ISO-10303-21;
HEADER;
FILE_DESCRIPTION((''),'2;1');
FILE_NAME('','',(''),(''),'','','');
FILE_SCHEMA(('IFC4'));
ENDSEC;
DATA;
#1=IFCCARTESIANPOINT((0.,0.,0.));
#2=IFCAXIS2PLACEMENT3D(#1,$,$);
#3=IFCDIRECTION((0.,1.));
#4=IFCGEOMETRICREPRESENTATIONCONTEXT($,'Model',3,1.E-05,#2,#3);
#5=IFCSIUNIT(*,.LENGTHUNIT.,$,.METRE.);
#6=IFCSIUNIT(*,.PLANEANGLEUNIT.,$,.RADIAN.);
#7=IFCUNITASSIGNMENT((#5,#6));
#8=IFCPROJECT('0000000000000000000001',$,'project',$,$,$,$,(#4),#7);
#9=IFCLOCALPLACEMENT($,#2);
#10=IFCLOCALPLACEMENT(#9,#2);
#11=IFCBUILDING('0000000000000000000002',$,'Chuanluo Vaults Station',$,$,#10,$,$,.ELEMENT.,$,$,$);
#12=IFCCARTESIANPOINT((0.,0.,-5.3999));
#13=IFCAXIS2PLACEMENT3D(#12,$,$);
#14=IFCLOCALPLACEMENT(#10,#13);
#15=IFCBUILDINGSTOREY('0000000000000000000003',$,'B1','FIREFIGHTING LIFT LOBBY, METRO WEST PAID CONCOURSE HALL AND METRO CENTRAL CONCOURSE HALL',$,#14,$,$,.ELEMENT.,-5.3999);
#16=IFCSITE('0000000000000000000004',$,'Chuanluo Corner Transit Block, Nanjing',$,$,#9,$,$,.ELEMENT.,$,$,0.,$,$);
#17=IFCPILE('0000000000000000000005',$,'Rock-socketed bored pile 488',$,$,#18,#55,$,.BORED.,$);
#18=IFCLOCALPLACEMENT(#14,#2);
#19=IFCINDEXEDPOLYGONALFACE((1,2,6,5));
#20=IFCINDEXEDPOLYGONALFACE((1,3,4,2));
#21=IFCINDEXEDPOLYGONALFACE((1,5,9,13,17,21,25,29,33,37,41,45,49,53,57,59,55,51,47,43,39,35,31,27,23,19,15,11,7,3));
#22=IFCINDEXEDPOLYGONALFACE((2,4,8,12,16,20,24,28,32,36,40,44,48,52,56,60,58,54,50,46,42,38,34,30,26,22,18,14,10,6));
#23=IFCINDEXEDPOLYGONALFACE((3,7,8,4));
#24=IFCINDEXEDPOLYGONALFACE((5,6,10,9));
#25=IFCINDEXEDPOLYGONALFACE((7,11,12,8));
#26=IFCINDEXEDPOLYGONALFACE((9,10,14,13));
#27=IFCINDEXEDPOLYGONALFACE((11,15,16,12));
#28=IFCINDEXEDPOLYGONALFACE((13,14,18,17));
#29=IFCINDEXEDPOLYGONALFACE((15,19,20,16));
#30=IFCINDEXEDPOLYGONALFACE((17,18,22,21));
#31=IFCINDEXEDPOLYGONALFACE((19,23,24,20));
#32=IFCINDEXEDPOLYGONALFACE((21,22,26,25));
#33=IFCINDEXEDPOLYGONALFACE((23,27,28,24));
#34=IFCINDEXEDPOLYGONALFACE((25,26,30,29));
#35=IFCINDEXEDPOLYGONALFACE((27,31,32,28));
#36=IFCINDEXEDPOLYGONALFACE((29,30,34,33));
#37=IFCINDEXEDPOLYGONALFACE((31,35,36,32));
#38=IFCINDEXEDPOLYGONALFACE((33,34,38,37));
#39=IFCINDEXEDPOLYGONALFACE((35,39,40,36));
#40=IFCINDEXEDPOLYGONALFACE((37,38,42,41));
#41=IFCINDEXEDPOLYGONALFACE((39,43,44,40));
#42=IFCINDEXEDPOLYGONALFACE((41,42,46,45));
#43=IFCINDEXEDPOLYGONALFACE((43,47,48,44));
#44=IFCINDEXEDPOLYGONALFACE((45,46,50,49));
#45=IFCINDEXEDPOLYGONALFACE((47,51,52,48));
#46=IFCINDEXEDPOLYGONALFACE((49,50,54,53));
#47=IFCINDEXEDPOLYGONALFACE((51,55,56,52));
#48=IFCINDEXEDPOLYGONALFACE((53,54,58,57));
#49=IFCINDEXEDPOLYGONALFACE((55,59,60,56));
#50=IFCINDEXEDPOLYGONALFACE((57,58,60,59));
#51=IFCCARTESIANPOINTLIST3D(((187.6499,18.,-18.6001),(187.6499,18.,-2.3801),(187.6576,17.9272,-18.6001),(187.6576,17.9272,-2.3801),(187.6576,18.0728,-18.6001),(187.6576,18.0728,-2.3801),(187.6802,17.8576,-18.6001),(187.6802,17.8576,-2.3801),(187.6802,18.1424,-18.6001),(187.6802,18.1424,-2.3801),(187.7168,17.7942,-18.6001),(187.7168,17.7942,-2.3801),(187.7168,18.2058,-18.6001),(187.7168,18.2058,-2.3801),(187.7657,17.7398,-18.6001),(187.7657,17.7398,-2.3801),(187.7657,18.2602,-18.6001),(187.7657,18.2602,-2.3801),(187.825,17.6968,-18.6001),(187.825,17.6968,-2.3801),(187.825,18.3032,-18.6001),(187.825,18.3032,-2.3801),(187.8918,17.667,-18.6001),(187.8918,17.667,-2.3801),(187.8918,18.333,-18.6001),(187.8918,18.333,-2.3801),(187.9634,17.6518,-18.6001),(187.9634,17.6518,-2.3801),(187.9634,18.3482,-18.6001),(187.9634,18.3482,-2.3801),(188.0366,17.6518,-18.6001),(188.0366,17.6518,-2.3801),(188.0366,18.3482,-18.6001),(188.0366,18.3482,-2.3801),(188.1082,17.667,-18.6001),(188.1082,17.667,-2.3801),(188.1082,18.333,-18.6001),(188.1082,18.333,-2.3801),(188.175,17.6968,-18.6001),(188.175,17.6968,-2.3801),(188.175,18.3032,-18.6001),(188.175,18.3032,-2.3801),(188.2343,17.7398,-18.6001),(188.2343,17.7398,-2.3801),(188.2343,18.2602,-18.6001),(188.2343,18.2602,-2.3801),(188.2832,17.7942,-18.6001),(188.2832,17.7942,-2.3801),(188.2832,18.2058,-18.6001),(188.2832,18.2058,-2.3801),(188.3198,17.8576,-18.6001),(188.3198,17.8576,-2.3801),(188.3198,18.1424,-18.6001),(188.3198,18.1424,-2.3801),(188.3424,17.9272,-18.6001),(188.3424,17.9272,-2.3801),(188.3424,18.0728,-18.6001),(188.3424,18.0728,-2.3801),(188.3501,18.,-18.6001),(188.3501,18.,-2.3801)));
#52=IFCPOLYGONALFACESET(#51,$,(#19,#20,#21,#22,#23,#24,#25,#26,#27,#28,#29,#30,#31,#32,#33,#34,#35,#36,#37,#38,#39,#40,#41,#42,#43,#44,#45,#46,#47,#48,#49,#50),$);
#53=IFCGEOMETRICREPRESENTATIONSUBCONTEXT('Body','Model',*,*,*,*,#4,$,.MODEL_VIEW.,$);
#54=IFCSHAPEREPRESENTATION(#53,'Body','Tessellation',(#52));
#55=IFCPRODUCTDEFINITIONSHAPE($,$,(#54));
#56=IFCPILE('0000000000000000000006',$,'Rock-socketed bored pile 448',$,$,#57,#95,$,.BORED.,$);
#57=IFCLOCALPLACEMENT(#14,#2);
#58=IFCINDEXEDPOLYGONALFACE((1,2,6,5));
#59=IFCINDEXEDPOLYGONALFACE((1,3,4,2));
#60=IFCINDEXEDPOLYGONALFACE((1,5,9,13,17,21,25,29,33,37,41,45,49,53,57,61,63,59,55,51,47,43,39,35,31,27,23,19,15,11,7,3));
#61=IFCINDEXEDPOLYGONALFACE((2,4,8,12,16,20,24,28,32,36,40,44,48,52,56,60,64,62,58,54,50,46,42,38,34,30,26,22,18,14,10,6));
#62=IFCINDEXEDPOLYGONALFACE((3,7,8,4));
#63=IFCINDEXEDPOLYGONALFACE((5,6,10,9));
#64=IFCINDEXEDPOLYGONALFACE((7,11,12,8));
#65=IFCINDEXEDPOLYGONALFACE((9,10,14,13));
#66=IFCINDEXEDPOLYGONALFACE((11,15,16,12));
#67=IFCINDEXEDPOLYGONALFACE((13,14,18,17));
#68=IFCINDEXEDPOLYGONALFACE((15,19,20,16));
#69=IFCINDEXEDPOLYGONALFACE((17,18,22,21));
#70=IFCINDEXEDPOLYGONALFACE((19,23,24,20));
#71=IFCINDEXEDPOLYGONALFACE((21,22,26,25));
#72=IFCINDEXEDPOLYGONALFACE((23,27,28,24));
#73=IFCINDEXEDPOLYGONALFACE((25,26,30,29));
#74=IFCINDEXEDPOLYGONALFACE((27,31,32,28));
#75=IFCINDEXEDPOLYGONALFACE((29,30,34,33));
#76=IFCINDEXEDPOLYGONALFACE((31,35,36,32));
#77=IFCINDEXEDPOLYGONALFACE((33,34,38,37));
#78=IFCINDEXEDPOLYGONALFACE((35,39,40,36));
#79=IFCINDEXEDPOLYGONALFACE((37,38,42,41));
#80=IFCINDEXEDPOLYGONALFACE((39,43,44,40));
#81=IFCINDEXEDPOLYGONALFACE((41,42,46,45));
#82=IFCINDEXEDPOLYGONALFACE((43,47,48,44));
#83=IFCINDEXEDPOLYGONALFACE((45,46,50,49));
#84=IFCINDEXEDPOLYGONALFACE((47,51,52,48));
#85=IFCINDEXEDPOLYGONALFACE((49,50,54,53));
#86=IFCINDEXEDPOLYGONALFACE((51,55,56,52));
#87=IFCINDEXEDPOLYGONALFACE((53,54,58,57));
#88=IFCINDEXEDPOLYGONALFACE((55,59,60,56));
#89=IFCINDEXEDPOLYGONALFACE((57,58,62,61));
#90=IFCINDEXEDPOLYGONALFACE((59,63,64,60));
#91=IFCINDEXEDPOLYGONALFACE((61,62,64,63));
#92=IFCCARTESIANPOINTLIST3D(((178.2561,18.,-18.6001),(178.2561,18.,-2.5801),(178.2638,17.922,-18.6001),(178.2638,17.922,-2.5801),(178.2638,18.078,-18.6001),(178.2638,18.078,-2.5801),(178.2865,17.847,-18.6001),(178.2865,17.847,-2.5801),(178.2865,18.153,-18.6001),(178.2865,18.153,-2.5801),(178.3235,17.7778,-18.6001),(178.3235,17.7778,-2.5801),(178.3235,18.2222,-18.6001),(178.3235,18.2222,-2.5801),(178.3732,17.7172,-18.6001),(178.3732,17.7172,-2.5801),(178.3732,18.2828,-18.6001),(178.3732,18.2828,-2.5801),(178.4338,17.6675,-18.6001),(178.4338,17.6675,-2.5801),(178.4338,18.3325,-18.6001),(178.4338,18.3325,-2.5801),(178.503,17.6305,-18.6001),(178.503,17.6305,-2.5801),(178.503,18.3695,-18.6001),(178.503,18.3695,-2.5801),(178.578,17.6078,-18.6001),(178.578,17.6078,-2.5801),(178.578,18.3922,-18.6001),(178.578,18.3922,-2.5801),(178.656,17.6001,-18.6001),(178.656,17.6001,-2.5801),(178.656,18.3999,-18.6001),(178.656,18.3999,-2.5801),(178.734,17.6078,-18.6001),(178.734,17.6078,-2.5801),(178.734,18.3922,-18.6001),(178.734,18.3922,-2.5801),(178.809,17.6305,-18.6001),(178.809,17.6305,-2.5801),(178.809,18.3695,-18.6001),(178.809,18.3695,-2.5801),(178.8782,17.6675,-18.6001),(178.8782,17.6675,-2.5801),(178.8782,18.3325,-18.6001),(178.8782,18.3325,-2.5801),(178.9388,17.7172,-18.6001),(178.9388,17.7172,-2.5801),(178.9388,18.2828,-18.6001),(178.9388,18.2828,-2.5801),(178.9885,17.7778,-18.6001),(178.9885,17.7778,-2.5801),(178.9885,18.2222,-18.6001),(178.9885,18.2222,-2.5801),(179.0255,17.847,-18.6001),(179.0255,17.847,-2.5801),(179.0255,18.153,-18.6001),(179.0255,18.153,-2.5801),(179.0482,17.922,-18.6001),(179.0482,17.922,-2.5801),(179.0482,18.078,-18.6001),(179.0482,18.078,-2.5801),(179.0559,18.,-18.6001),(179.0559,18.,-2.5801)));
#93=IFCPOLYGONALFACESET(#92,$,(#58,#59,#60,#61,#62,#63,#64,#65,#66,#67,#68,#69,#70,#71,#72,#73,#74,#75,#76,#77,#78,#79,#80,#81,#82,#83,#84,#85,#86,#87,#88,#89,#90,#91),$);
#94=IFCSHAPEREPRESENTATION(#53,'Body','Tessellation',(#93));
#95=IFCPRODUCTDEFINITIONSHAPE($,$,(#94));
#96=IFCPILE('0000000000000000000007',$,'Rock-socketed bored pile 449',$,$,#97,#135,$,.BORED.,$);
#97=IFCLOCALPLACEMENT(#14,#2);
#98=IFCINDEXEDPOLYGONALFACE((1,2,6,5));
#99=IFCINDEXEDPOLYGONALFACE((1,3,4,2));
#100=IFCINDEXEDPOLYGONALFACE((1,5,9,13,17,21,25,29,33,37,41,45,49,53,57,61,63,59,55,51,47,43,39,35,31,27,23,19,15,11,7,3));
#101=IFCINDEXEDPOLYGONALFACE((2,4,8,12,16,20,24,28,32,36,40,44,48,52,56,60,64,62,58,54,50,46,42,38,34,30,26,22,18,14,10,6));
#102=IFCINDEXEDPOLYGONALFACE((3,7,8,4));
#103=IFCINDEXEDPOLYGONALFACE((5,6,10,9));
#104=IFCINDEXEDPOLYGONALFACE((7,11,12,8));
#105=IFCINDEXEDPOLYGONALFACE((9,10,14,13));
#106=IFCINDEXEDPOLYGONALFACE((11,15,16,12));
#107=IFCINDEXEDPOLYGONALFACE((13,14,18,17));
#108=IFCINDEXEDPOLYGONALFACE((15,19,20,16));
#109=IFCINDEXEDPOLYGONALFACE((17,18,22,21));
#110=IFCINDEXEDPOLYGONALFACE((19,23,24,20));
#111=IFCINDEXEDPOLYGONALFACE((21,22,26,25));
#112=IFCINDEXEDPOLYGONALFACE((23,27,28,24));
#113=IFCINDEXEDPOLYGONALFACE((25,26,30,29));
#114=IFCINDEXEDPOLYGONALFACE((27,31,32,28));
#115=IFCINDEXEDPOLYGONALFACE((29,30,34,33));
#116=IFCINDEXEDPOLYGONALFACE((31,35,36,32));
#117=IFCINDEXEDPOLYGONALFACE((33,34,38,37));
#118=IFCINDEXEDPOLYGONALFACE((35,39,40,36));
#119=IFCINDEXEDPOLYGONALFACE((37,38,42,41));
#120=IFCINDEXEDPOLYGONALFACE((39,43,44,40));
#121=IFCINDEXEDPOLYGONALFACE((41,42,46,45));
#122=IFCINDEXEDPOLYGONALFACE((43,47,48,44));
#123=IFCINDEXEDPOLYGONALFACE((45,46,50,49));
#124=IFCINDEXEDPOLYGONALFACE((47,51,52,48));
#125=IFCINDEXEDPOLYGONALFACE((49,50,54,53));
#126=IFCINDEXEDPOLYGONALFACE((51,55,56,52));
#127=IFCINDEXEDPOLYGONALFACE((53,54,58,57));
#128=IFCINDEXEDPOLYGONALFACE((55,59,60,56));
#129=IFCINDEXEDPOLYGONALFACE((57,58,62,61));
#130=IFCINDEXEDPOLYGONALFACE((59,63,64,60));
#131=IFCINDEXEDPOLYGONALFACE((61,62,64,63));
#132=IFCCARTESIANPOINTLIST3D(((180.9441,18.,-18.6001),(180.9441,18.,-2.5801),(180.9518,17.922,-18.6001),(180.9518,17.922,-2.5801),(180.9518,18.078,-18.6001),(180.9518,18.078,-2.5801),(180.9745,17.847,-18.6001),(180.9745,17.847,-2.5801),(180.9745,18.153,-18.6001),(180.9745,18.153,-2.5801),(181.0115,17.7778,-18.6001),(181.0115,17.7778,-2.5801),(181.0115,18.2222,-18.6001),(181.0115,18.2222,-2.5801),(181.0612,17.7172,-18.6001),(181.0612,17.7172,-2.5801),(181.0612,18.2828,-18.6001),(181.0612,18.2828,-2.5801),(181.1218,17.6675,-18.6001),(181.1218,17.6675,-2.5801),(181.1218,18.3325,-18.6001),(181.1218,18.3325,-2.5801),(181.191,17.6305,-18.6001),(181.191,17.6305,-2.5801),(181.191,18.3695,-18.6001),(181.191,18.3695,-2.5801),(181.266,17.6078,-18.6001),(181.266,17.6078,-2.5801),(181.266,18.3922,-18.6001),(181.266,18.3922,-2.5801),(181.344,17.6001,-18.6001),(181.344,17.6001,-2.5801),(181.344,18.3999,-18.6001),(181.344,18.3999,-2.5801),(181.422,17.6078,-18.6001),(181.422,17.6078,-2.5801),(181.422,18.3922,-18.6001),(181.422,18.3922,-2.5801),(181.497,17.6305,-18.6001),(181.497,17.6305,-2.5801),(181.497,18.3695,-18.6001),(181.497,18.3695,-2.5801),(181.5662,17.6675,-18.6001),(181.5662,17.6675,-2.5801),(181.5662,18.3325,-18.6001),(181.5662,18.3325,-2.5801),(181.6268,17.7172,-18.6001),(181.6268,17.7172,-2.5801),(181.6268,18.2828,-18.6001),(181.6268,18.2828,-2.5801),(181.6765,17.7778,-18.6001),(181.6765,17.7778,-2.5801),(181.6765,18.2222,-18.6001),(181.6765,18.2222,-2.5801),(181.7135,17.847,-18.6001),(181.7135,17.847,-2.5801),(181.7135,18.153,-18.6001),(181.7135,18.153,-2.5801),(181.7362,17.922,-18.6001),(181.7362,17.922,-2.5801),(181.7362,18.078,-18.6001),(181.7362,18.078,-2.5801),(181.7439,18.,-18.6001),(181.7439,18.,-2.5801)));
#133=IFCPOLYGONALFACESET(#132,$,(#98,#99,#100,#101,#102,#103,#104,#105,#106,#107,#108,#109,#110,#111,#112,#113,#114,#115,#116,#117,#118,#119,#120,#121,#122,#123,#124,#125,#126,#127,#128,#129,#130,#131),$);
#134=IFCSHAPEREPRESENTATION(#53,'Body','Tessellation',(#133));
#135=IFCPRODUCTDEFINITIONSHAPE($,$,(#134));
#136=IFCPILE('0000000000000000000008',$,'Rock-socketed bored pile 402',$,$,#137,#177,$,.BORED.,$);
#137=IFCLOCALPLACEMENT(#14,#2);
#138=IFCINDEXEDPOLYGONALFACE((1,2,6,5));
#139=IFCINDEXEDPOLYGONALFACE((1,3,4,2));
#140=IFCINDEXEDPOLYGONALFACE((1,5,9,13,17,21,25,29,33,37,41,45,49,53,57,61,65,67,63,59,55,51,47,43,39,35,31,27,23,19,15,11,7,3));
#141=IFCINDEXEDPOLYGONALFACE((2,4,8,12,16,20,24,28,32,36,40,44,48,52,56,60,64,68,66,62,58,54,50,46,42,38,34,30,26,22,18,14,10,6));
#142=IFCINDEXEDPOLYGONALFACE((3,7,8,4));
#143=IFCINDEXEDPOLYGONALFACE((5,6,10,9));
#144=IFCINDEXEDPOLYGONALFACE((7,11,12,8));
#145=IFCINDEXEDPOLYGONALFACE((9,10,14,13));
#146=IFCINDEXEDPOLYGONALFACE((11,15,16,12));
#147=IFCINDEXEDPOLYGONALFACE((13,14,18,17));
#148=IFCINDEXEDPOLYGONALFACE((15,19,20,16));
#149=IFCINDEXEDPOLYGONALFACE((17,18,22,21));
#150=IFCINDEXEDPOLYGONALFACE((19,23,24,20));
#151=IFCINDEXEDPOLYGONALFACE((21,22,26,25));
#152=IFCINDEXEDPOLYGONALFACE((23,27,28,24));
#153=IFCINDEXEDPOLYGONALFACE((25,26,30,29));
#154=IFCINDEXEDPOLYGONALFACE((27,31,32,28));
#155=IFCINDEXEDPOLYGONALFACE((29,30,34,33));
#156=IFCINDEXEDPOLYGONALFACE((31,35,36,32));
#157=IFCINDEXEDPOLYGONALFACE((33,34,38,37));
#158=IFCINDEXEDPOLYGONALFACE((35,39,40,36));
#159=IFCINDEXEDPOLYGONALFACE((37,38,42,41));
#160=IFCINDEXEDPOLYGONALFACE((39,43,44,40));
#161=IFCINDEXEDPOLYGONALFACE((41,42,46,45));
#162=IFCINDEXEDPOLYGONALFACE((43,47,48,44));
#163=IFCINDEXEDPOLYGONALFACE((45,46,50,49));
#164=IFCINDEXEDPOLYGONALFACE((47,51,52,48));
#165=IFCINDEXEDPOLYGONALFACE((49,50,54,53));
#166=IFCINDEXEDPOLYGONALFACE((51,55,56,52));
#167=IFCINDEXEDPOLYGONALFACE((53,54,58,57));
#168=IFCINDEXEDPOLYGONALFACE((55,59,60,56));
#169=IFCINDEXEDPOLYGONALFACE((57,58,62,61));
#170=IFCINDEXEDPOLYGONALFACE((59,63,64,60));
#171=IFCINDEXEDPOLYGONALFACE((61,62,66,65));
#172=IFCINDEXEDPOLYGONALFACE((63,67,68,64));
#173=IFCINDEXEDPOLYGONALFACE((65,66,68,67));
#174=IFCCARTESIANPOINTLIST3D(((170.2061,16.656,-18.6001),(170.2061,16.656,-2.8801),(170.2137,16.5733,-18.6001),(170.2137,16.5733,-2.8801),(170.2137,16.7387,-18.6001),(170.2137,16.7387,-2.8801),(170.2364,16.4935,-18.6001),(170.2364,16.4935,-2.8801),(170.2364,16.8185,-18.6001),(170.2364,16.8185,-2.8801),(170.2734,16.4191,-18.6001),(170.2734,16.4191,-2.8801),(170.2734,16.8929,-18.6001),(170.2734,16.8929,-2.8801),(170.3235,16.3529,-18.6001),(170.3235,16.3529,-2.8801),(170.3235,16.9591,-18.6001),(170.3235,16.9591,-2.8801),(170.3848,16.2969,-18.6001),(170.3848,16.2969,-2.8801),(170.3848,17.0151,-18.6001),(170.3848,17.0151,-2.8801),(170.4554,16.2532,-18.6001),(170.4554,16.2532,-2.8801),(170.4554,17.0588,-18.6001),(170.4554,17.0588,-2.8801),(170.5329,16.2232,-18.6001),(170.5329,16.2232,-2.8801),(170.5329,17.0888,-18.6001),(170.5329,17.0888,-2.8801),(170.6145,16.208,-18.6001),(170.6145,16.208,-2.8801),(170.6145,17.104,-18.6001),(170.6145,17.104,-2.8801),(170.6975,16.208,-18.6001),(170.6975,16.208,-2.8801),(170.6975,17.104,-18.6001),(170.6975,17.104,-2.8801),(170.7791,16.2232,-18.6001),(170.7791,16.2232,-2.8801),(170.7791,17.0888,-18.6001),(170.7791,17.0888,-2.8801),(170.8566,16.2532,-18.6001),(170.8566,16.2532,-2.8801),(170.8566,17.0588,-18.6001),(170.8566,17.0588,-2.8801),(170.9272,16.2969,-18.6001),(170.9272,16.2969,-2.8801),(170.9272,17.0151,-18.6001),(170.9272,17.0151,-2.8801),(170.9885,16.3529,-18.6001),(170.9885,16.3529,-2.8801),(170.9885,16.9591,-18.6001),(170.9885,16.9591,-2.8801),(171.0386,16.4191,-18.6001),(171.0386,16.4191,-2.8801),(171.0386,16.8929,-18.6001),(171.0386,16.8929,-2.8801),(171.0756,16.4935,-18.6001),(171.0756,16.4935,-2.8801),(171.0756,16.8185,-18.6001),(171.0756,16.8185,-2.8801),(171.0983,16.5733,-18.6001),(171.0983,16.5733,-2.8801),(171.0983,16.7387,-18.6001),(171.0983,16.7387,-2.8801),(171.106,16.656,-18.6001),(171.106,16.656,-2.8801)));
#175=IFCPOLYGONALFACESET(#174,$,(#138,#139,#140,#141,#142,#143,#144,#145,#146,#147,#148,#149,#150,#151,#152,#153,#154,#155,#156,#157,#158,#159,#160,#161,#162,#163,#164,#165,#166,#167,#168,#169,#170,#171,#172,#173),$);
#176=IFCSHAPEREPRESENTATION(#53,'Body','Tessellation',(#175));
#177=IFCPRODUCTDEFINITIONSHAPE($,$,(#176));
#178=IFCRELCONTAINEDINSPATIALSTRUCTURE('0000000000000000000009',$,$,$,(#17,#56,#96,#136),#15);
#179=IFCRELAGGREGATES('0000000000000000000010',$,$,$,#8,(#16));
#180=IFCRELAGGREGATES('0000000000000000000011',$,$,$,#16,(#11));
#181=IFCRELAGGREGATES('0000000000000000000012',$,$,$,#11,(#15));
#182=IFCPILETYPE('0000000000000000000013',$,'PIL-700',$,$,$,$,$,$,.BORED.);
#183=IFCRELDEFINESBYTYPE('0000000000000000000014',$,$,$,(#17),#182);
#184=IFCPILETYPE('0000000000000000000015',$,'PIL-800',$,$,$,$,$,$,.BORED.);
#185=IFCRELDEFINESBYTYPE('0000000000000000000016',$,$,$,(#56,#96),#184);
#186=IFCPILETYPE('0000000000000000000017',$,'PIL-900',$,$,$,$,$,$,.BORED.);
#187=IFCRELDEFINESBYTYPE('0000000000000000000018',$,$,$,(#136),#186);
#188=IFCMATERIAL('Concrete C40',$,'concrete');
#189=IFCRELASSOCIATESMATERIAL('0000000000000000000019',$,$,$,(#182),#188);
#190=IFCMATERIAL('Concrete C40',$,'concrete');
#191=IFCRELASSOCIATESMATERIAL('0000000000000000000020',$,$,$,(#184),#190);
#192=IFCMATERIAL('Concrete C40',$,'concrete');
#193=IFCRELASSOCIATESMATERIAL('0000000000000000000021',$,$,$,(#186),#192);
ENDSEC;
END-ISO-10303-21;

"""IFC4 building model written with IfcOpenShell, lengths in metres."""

from ifc_helpers import new_model, si_unit, direction, frame, origin, origin_2d, place, context, subcontext, project, spatial, circle, extrude, material, material_profile, profile_set, type_object, element, save


model = new_model("IFC4")

# Units and contexts
model_context = context("Model", 3, precision=1e-05, world=origin(), true_north=direction((0.0, 1.0)))
body_context = subcontext(model_context, "Body", "Model", "MODEL_VIEW")
ifc_project = project(units=[si_unit("LENGTHUNIT", "METRE"), si_unit("PLANEANGLEUNIT", "RADIAN")], contexts=[model_context])

# Site, building, storey
site_placement = place(None, origin())
site = spatial("IfcSite", under=ifc_project, at=site_placement, Name="Chuanluo Corner Transit Block, Nanjing", CompositionType="ELEMENT", RefElevation=0.0)
building_placement = place(site_placement, origin())
building = spatial("IfcBuilding", under=site, at=building_placement, Name="Chuanluo Vaults Station", CompositionType="ELEMENT")
storey_placement = place(building_placement, frame((0.0, 0.0, -5.3999)))
storey = spatial("IfcBuildingStorey", under=building, at=storey_placement, Name="B1", Description="FIREFIGHTING LIFT LOBBY, METRO WEST PAID CONCOURSE HALL AND METRO CENTRAL CONCOURSE HALL", CompositionType="ELEMENT", Elevation=-5.3999)

# Piles
ifc_material_1 = material(Name="Concrete C40", Category="concrete")
ifc_material_profile_1 = material_profile(ifc_material_1, circle(Radius=0.3501, at=origin_2d()))
ifc_profile_set_1 = profile_set([ifc_material_profile_1], Name="Concrete C40")
pile_type_1 = type_object("IfcPileType", Name="PIL-700", PredefinedType="BORED", material=ifc_profile_set_1)
pile_placement = place(storey_placement, frame((188.0, 18.0, -2.3801), z_axis=(0.0, 0.0, -1.0), x_axis=(1.0, 0.0, 0.0)))
element("IfcPile", 1, at=pile_placement, inside=storey, type_object=pile_type_1, Name="Rock-socketed bored pile 488", PredefinedType="BORED", context=body_context, shape_type="SweptSolid", body=[
    extrude(circle(Radius=0.3501, at=origin_2d()), origin(), (0.0, 0.0, 1.0), 16.22),
])
ifc_material_2 = material(Name="Concrete C40", Category="concrete")
ifc_material_profile_2 = material_profile(ifc_material_2, circle(Radius=0.3999, at=origin_2d()))
ifc_profile_set_2 = profile_set([ifc_material_profile_2], Name="Concrete C40")
pile_type_2 = type_object("IfcPileType", Name="PIL-800", PredefinedType="BORED", material=ifc_profile_set_2)
for number, where, z_axis, x_axis, name in (
    (2, (178.656, 18.0, -2.5801), (0.0, 0.0, -1.0), (1.0, 0.0, 0.0), "Rock-socketed bored pile 448"),
    (3, (181.344, 18.0, -2.5801), (0.0, 0.0, -1.0), (1.0, 0.0, 0.0), "Rock-socketed bored pile 449"),
):
    element("IfcPile", number, at=place(storey_placement, frame(where, z_axis=z_axis, x_axis=x_axis)), inside=storey, type_object=pile_type_2, Name=name, PredefinedType="BORED", context=body_context, shape_type="SweptSolid", body=[
        extrude(circle(Radius=0.3999, at=origin_2d()), origin(), (0.0, 0.0, 1.0), 16.02),
    ])
ifc_material_3 = material(Name="Concrete C40", Category="concrete")
ifc_material_profile_3 = material_profile(ifc_material_3, circle(Radius=0.45, at=origin_2d()))
ifc_profile_set_3 = profile_set([ifc_material_profile_3], Name="Concrete C40")
pile_type_3 = type_object("IfcPileType", Name="PIL-900", PredefinedType="BORED", material=ifc_profile_set_3)
for number, where, z_axis, x_axis, name in (
    (4, (170.656, 16.656, -2.8801), (0.0, 0.0, -1.0), (1.0, 0.0, 0.0), "Rock-socketed bored pile 402"),
):
    element("IfcPile", number, at=place(storey_placement, frame(where, z_axis=z_axis, x_axis=x_axis)), inside=storey, type_object=pile_type_3, Name=name, PredefinedType="BORED", context=body_context, shape_type="SweptSolid", body=[
        extrude(circle(Radius=0.45, at=origin_2d()), origin(), (0.0, 0.0, 1.0), 15.72),
    ])

save(model, "model.ifc")
